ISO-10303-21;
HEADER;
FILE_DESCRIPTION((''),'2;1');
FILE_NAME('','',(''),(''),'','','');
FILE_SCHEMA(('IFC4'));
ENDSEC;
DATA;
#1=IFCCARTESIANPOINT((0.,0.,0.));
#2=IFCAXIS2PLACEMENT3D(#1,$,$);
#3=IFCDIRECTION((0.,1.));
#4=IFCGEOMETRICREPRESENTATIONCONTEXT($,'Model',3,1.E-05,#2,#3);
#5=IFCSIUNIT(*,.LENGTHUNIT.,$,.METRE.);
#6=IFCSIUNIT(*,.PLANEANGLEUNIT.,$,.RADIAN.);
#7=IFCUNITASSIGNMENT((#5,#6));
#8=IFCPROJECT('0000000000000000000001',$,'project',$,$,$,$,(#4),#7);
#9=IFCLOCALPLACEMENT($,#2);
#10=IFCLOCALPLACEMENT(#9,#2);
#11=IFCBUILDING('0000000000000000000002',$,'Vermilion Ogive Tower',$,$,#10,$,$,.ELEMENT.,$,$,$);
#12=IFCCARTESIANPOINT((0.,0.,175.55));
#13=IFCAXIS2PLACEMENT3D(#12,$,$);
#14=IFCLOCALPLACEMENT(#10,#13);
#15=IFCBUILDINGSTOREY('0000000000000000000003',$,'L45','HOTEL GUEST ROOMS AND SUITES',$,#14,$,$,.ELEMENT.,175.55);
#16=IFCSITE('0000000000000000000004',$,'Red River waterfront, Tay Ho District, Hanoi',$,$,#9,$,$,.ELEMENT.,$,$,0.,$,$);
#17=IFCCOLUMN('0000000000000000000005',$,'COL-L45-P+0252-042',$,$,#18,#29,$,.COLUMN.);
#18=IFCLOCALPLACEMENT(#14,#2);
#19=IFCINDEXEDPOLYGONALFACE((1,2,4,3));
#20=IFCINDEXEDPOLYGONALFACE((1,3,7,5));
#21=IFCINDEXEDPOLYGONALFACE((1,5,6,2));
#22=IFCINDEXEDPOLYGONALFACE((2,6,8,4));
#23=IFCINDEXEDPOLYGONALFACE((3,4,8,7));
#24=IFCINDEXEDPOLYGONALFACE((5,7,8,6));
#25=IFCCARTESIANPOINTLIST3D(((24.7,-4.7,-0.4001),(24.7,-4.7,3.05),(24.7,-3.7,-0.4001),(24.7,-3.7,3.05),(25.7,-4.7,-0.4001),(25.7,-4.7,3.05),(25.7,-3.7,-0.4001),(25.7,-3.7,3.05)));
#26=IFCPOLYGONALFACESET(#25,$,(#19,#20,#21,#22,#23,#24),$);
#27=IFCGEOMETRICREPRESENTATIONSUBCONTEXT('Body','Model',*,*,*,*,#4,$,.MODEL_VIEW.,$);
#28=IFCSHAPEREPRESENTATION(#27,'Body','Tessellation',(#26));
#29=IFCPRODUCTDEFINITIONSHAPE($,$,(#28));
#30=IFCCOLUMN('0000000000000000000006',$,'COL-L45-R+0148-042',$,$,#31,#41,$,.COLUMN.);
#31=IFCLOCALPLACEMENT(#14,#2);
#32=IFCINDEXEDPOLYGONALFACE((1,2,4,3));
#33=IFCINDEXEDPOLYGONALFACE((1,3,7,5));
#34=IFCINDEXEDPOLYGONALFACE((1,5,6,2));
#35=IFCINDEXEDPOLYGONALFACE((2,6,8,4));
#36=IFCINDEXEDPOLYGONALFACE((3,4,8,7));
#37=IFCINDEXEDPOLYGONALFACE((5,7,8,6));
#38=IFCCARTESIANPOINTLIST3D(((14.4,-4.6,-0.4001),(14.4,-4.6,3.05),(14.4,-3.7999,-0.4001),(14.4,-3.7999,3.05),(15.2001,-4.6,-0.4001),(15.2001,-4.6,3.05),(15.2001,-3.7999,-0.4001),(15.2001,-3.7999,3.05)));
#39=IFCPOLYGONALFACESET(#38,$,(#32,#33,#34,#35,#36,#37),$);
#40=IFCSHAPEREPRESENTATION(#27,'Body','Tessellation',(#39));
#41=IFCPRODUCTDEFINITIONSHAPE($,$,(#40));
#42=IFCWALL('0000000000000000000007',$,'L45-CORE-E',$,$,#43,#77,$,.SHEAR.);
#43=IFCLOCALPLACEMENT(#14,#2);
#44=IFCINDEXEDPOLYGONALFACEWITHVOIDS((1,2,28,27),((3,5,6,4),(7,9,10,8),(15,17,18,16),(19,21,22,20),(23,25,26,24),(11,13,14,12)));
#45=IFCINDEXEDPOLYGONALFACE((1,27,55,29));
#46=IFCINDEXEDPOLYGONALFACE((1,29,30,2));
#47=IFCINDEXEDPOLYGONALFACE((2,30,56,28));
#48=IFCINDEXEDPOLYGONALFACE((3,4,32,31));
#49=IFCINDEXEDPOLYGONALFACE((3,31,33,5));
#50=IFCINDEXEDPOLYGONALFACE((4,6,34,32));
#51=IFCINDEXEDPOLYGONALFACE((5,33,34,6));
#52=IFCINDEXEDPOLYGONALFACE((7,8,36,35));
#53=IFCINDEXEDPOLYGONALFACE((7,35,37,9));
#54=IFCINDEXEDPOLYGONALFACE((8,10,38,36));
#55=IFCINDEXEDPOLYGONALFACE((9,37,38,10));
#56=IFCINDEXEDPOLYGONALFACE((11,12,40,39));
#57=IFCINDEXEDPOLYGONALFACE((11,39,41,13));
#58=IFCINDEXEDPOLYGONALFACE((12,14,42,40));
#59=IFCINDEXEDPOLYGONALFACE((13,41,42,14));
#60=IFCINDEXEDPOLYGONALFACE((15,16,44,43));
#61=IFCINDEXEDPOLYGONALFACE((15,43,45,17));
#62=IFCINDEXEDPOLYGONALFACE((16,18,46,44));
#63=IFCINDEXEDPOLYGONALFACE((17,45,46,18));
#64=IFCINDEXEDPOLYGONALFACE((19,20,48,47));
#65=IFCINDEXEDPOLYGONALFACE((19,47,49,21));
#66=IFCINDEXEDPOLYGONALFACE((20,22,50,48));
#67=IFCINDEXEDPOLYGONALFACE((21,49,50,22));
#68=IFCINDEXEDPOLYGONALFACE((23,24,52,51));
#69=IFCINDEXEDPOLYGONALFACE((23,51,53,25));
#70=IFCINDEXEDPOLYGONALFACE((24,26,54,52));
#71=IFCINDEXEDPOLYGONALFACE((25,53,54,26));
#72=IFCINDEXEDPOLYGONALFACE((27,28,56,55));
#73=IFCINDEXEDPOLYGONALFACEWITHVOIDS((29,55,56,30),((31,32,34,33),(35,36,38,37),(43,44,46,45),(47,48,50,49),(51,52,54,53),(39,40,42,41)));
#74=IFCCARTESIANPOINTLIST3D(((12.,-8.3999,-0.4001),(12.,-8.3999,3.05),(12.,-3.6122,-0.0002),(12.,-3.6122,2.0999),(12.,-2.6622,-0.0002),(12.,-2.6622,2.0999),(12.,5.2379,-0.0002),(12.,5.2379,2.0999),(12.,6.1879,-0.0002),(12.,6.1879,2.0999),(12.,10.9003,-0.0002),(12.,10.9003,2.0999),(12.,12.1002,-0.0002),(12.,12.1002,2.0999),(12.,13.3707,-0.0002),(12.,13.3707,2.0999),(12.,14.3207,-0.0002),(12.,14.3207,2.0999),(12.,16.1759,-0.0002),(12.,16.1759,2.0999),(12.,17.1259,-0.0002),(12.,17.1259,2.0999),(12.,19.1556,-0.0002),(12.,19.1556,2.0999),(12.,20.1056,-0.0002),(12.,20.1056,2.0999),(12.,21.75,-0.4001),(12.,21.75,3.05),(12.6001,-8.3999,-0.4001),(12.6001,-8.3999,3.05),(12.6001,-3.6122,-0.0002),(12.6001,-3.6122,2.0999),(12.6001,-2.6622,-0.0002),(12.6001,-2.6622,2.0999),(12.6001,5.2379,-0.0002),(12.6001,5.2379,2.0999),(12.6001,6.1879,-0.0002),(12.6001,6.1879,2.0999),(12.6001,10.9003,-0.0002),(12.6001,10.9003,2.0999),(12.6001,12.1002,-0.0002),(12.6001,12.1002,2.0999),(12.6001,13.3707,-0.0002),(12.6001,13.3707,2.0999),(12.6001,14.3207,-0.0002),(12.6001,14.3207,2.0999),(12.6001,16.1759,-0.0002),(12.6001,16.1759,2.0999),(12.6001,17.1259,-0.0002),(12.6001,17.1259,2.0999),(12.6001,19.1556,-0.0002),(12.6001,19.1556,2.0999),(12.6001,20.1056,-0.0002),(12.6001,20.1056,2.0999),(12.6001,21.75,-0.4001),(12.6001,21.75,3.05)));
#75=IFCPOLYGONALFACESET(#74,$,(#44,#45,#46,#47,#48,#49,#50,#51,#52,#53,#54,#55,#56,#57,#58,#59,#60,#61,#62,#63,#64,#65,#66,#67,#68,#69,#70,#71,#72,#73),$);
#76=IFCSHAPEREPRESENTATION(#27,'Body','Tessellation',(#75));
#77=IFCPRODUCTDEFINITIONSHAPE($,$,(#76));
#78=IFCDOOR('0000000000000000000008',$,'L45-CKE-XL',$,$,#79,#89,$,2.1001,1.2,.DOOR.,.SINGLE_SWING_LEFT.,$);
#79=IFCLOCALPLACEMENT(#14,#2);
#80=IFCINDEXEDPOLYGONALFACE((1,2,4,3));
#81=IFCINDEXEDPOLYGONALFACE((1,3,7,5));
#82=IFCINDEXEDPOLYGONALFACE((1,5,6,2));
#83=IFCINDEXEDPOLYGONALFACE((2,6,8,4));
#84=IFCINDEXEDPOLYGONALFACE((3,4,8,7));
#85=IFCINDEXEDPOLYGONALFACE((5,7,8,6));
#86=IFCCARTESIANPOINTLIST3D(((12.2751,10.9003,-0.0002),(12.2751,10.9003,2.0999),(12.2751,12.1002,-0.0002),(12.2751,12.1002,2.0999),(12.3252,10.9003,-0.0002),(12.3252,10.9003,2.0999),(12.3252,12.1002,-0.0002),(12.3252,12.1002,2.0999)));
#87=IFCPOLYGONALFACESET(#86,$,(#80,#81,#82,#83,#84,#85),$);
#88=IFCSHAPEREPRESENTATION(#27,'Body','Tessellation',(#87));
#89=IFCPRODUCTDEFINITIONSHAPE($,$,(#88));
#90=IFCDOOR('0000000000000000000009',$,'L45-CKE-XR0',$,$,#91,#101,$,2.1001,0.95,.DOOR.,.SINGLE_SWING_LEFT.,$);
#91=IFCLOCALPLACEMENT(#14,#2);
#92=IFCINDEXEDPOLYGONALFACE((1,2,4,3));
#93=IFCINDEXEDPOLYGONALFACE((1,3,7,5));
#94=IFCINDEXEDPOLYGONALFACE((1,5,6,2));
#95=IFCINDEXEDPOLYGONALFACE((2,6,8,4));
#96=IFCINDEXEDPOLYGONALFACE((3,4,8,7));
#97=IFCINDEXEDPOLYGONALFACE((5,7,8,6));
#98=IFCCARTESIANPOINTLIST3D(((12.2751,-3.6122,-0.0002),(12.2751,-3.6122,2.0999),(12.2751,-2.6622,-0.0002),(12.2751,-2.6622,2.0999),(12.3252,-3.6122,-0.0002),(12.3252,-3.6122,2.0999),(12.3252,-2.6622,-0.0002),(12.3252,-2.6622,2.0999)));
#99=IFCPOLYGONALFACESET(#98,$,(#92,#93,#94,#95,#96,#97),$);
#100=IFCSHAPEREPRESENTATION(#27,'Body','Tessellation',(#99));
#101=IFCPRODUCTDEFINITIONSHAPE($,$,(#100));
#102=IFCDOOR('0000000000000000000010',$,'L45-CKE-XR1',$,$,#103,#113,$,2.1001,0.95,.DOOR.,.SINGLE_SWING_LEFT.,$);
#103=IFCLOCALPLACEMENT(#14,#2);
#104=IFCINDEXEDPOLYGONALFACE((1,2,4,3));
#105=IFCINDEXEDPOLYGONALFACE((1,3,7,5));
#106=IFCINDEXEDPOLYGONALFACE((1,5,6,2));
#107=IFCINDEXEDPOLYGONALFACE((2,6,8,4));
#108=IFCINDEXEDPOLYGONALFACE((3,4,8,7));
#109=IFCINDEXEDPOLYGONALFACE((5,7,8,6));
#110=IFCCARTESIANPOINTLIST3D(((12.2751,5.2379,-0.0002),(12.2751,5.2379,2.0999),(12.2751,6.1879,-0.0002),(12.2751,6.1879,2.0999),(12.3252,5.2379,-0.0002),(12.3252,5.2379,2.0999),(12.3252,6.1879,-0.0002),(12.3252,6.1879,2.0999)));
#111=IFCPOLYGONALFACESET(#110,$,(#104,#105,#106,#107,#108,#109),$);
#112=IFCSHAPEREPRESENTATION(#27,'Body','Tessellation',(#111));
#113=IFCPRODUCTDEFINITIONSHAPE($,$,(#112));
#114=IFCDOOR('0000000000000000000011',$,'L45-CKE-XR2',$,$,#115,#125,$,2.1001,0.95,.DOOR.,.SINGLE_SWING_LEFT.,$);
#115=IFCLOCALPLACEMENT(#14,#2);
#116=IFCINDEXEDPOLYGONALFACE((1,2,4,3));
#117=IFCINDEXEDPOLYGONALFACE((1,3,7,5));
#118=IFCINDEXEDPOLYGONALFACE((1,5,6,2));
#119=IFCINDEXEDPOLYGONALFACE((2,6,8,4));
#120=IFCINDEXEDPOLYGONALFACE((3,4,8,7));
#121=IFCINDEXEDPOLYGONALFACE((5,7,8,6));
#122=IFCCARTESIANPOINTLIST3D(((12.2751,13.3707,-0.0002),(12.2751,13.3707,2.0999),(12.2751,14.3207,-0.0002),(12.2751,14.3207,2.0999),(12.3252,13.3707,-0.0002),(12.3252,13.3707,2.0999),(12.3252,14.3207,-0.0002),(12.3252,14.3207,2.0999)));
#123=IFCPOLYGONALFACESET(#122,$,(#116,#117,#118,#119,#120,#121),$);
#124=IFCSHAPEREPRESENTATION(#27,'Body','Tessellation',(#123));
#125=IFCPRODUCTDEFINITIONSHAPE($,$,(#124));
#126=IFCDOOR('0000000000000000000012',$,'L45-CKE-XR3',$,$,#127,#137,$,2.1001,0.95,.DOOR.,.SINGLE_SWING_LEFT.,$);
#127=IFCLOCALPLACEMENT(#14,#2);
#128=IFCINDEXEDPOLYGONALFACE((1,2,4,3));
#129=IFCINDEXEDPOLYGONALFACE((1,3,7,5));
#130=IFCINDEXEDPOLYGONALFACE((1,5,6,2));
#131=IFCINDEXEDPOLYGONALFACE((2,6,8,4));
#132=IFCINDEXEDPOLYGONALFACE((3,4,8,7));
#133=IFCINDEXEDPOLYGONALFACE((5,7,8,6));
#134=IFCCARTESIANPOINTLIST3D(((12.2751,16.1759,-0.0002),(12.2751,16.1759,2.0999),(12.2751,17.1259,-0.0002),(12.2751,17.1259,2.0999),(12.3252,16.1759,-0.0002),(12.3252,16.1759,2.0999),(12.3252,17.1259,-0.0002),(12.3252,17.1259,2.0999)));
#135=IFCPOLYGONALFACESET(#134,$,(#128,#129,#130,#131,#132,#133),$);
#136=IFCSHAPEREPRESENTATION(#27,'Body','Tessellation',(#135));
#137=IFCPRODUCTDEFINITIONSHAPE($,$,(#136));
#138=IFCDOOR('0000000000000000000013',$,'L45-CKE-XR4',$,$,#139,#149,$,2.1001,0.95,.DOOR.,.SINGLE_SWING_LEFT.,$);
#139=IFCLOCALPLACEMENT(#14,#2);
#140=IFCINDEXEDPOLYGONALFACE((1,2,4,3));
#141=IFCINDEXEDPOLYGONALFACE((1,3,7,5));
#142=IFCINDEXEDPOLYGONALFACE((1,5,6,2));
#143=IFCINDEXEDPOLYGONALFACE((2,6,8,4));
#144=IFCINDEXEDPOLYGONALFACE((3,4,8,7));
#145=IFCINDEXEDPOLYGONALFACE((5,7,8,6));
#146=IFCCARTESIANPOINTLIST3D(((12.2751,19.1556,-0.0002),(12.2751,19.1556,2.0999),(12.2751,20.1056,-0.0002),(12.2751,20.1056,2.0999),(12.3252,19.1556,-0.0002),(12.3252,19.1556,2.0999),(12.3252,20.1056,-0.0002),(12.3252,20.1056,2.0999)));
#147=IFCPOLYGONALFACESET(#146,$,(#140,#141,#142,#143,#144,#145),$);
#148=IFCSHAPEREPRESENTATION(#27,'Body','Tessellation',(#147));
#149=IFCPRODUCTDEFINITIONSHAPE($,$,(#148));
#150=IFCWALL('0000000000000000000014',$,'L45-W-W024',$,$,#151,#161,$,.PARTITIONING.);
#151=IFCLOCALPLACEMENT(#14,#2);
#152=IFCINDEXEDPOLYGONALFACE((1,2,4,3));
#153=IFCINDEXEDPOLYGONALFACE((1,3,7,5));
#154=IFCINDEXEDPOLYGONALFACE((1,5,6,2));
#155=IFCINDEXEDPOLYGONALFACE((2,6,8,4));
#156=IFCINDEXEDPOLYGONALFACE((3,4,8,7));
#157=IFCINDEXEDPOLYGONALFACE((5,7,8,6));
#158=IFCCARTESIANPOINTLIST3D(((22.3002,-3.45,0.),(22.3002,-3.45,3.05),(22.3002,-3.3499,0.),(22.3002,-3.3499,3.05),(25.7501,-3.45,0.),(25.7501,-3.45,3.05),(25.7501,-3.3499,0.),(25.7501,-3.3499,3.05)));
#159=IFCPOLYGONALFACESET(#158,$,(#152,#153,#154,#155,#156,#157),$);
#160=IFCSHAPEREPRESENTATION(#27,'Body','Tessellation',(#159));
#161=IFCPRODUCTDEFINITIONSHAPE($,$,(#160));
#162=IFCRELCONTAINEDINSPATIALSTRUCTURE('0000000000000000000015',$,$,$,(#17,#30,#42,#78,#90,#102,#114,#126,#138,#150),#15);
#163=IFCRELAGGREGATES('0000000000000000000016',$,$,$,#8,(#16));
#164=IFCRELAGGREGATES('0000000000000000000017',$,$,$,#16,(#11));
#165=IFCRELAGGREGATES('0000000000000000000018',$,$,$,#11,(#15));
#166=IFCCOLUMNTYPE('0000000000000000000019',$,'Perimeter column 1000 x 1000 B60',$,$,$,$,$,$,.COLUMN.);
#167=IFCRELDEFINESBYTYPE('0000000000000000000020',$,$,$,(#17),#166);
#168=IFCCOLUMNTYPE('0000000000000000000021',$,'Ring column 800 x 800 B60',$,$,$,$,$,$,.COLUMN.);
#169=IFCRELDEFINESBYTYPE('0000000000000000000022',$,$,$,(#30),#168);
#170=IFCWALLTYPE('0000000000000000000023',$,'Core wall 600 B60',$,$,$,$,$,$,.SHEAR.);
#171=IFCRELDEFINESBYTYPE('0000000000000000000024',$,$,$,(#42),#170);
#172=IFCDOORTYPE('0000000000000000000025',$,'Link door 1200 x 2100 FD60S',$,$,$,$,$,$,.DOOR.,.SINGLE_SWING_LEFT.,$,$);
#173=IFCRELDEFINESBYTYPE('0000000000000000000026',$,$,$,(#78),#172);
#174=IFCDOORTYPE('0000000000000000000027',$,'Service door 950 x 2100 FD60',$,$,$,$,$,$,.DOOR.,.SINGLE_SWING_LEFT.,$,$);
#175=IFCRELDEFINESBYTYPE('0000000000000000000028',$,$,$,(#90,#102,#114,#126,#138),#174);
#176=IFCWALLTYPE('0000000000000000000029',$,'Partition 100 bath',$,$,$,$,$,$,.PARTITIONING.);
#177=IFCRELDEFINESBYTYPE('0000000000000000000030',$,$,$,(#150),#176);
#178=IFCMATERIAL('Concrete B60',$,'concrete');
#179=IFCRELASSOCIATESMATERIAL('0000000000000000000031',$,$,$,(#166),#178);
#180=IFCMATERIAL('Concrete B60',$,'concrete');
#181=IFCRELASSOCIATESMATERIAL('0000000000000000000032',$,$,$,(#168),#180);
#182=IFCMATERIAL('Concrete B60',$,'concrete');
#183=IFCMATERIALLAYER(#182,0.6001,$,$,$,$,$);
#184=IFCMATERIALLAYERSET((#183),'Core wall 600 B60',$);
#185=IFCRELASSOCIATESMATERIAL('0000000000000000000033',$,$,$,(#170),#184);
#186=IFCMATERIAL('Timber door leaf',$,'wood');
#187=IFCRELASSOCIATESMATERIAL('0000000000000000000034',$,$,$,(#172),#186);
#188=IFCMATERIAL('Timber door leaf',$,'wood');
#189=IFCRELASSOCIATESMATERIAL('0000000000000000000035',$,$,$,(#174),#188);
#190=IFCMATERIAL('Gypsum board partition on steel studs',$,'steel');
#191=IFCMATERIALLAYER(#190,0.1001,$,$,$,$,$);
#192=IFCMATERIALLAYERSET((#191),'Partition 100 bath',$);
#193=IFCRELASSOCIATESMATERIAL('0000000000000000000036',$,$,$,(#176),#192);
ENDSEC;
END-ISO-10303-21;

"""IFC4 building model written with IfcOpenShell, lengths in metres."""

from ifc_helpers import new_model, si_unit, direction, frame, frame_2d, origin, origin_2d, place, context, subcontext, project, spatial, rectangle, extrude, material, layer, layer_set, material_profile, profile_set, type_object, element, fill, save


model = new_model("IFC4")

# Units and contexts
model_context = context("Model", 3, precision=1e-05, world=origin(), true_north=direction((0.0, 1.0)))
body_context = subcontext(model_context, "Body", "Model", "MODEL_VIEW")
ifc_project = project(units=[si_unit("LENGTHUNIT", "METRE"), si_unit("PLANEANGLEUNIT", "RADIAN")], contexts=[model_context])

# Site, building, storey
site_placement = place(None, origin())
site = spatial("IfcSite", under=ifc_project, at=site_placement, Name="Red River waterfront, Tay Ho District, Hanoi", CompositionType="ELEMENT", RefElevation=0.0)
building_placement = place(site_placement, origin())
building = spatial("IfcBuilding", under=site, at=building_placement, Name="Vermilion Ogive Tower", CompositionType="ELEMENT")
storey_placement = place(building_placement, frame((0.0, 0.0, 175.55)))
storey = spatial("IfcBuildingStorey", under=building, at=storey_placement, Name="L45", Description="HOTEL GUEST ROOMS AND SUITES", CompositionType="ELEMENT", Elevation=175.55)

# Columns
ifc_material_1 = material(Name="Concrete B60", Category="concrete")
ifc_material_profile_1 = material_profile(ifc_material_1, rectangle(XDim=1.0, YDim=1.0, at=origin_2d()), Name="1000 x 1000")
ifc_profile_set_1 = profile_set([ifc_material_profile_1], Name="Concrete B60")
column_type_1 = type_object("IfcColumnType", Name="Perimeter column 1000 x 1000 B60", PredefinedType="COLUMN", material=ifc_profile_set_1)
column_1_placement = place(storey_placement, frame((25.2, -4.2, -0.4001), z_axis=(0.0, 0.0, 1.0), x_axis=(1.0, 0.0, 0.0)))
element("IfcColumn", 1, at=column_1_placement, inside=storey, type_object=column_type_1, Name="COL-L45-P+0252-042", PredefinedType="COLUMN", context=body_context, shape_type="SweptSolid", body=[
    extrude(rectangle(XDim=1.0, YDim=1.0, at=origin_2d()), origin(), (0.0, 0.0, 1.0), 3.4502),
])
ifc_material_2 = material(Name="Concrete B60", Category="concrete")
ifc_material_profile_2 = material_profile(ifc_material_2, rectangle(XDim=0.8, YDim=0.8, at=origin_2d()), Name="800 x 800")
ifc_profile_set_2 = profile_set([ifc_material_profile_2], Name="Concrete B60")
column_type_2 = type_object("IfcColumnType", Name="Ring column 800 x 800 B60", PredefinedType="COLUMN", material=ifc_profile_set_2)
column_2_placement = place(storey_placement, frame((14.8, -4.2, -0.4001), z_axis=(0.0, 0.0, 1.0), x_axis=(1.0, 0.0, 0.0)))
element("IfcColumn", 2, at=column_2_placement, inside=storey, type_object=column_type_2, Name="COL-L45-R+0148-042", PredefinedType="COLUMN", context=body_context, shape_type="SweptSolid", body=[
    extrude(rectangle(XDim=0.8, YDim=0.8, at=origin_2d()), origin(), (0.0, 0.0, 1.0), 3.4502),
])

# Wall, openings, doors
ifc_material_3 = material(Name="Concrete B60", Category="concrete")
ifc_layer_1 = layer(ifc_material_3, 0.6001)
ifc_layer_set_1 = layer_set([ifc_layer_1], Name="Core wall 600 B60")
wall_type_1 = type_object("IfcWallType", Name="Core wall 600 B60", PredefinedType="SHEAR", material=ifc_layer_set_1)
wall_1_placement = place(storey_placement, frame((12.3, -8.3999, -0.4001), z_axis=(0.0, 0.0, 1.0), x_axis=(0.0, 1.0, 0.0)))
wall_1 = element("IfcWall", 3, at=wall_1_placement, inside=storey, type_object=wall_type_1, Name="L45-CORE-E", PredefinedType="SHEAR", context=body_context, shape_type="SweptSolid", body=[
    extrude(rectangle(XDim=30.1499, YDim=0.6001, at=frame_2d((15.075, 0.0))), origin(), (0.0, 0.0, 1.0), 3.4502),
])
opening_1_placement = place(wall_1_placement, frame((4.7876, 0.0, 0.3999)))
opening_1 = element("IfcOpeningElement", 4, at=opening_1_placement, cuts=wall_1, PredefinedType="OPENING", context=body_context, shape_type="SweptSolid", body=[
    extrude(rectangle(XDim=0.95, YDim=2.1001, at=frame_2d((0.4751, 1.05))), frame((0.0, 0.3101, 0.0), z_axis=(0.0, -1.0, 0.0), x_axis=(1.0, 0.0, 0.0)), (0.0, 0.0, 1.0), 0.6201),
])
opening_2_placement = place(wall_1_placement, frame((13.6377, 0.0, 0.3999)))
opening_2 = element("IfcOpeningElement", 5, at=opening_2_placement, cuts=wall_1, PredefinedType="OPENING", context=body_context, shape_type="SweptSolid", body=[
    extrude(rectangle(XDim=0.95, YDim=2.1001, at=frame_2d((0.4751, 1.05))), frame((0.0, 0.3101, 0.0), z_axis=(0.0, -1.0, 0.0), x_axis=(1.0, 0.0, 0.0)), (0.0, 0.0, 1.0), 0.6201),
])
opening_3_placement = place(wall_1_placement, frame((21.7705, 0.0, 0.3999)))
opening_3 = element("IfcOpeningElement", 6, at=opening_3_placement, cuts=wall_1, PredefinedType="OPENING", context=body_context, shape_type="SweptSolid", body=[
    extrude(rectangle(XDim=0.95, YDim=2.1001, at=frame_2d((0.4751, 1.05))), frame((0.0, 0.3101, 0.0), z_axis=(0.0, -1.0, 0.0), x_axis=(1.0, 0.0, 0.0)), (0.0, 0.0, 1.0), 0.6201),
])
opening_4_placement = place(wall_1_placement, frame((24.5757, 0.0, 0.3999)))
opening_4 = element("IfcOpeningElement", 7, at=opening_4_placement, cuts=wall_1, PredefinedType="OPENING", context=body_context, shape_type="SweptSolid", body=[
    extrude(rectangle(XDim=0.95, YDim=2.1001, at=frame_2d((0.4751, 1.05))), frame((0.0, 0.3101, 0.0), z_axis=(0.0, -1.0, 0.0), x_axis=(1.0, 0.0, 0.0)), (0.0, 0.0, 1.0), 0.6201),
])
opening_5_placement = place(wall_1_placement, frame((27.5554, 0.0, 0.3999)))
opening_5 = element("IfcOpeningElement", 8, at=opening_5_placement, cuts=wall_1, PredefinedType="OPENING", context=body_context, shape_type="SweptSolid", body=[
    extrude(rectangle(XDim=0.95, YDim=2.1001, at=frame_2d((0.4751, 1.05))), frame((0.0, 0.3101, 0.0), z_axis=(0.0, -1.0, 0.0), x_axis=(1.0, 0.0, 0.0)), (0.0, 0.0, 1.0), 0.6201),
])
opening_6_placement = place(wall_1_placement, frame((19.3, 0.0, 0.3999)))
opening_6 = element("IfcOpeningElement", 9, at=opening_6_placement, cuts=wall_1, PredefinedType="OPENING", context=body_context, shape_type="SweptSolid", body=[
    extrude(rectangle(XDim=1.2, YDim=2.1001, at=frame_2d((0.6001, 1.05))), frame((0.0, 0.3101, 0.0), z_axis=(0.0, -1.0, 0.0), x_axis=(1.0, 0.0, 0.0)), (0.0, 0.0, 1.0), 0.6201),
])
ifc_material_4 = material(Name="Timber door leaf", Category="wood")
door_type_1 = type_object("IfcDoorType", Name="Link door 1200 x 2100 FD60S", OperationType="SINGLE_SWING_LEFT", PredefinedType="DOOR", material=ifc_material_4)
door_1_placement = place(opening_6_placement, origin())
door_1 = element("IfcDoor", 10, at=door_1_placement, inside=storey, type_object=door_type_1, Name="L45-CKE-XL", OperationType="SINGLE_SWING_LEFT", OverallHeight=2.1001, OverallWidth=1.2, PredefinedType="DOOR", context=body_context, shape_type="SweptSolid", body=[
    extrude(rectangle(XDim=1.2, YDim=2.1001, at=frame_2d((0.6001, 1.05))), frame((0.0, 0.0249, 0.0), z_axis=(0.0, -1.0, 0.0), x_axis=(1.0, 0.0, 0.0)), (0.0, 0.0, 1.0), 0.05),
])
fill(opening_6, door_1)
ifc_material_5 = material(Name="Timber door leaf", Category="wood")
door_type_2 = type_object("IfcDoorType", Name="Service door 950 x 2100 FD60", OperationType="SINGLE_SWING_LEFT", PredefinedType="DOOR", material=ifc_material_5)
door_2_placement = place(opening_1_placement, origin())
door_2 = element("IfcDoor", 11, at=door_2_placement, inside=storey, type_object=door_type_2, Name="L45-CKE-XR0", OperationType="SINGLE_SWING_LEFT", OverallHeight=2.1001, OverallWidth=0.95, PredefinedType="DOOR", context=body_context, shape_type="SweptSolid", body=[
    extrude(rectangle(XDim=0.95, YDim=2.1001, at=frame_2d((0.4751, 1.05))), frame((0.0, 0.0249, 0.0), z_axis=(0.0, -1.0, 0.0), x_axis=(1.0, 0.0, 0.0)), (0.0, 0.0, 1.0), 0.05),
])
fill(opening_1, door_2)
door_3_placement = place(opening_2_placement, origin())
door_3 = element("IfcDoor", 12, at=door_3_placement, inside=storey, type_object=door_type_2, Name="L45-CKE-XR1", OperationType="SINGLE_SWING_LEFT", OverallHeight=2.1001, OverallWidth=0.95, PredefinedType="DOOR", context=body_context, shape_type="SweptSolid", body=[
    extrude(rectangle(XDim=0.95, YDim=2.1001, at=frame_2d((0.4751, 1.05))), frame((0.0, 0.0249, 0.0), z_axis=(0.0, -1.0, 0.0), x_axis=(1.0, 0.0, 0.0)), (0.0, 0.0, 1.0), 0.05),
])
fill(opening_2, door_3)
door_4_placement = place(opening_3_placement, origin())
door_4 = element("IfcDoor", 13, at=door_4_placement, inside=storey, type_object=door_type_2, Name="L45-CKE-XR2", OperationType="SINGLE_SWING_LEFT", OverallHeight=2.1001, OverallWidth=0.95, PredefinedType="DOOR", context=body_context, shape_type="SweptSolid", body=[
    extrude(rectangle(XDim=0.95, YDim=2.1001, at=frame_2d((0.4751, 1.05))), frame((0.0, 0.0249, 0.0), z_axis=(0.0, -1.0, 0.0), x_axis=(1.0, 0.0, 0.0)), (0.0, 0.0, 1.0), 0.05),
])
fill(opening_3, door_4)
door_5_placement = place(opening_4_placement, origin())
door_5 = element("IfcDoor", 14, at=door_5_placement, inside=storey, type_object=door_type_2, Name="L45-CKE-XR3", OperationType="SINGLE_SWING_LEFT", OverallHeight=2.1001, OverallWidth=0.95, PredefinedType="DOOR", context=body_context, shape_type="SweptSolid", body=[
    extrude(rectangle(XDim=0.95, YDim=2.1001, at=frame_2d((0.4751, 1.05))), frame((0.0, 0.0249, 0.0), z_axis=(0.0, -1.0, 0.0), x_axis=(1.0, 0.0, 0.0)), (0.0, 0.0, 1.0), 0.05),
])
fill(opening_4, door_5)
door_6_placement = place(opening_5_placement, origin())
door_6 = element("IfcDoor", 15, at=door_6_placement, inside=storey, type_object=door_type_2, Name="L45-CKE-XR4", OperationType="SINGLE_SWING_LEFT", OverallHeight=2.1001, OverallWidth=0.95, PredefinedType="DOOR", context=body_context, shape_type="SweptSolid", body=[
    extrude(rectangle(XDim=0.95, YDim=2.1001, at=frame_2d((0.4751, 1.05))), frame((0.0, 0.0249, 0.0), z_axis=(0.0, -1.0, 0.0), x_axis=(1.0, 0.0, 0.0)), (0.0, 0.0, 1.0), 0.05),
])
fill(opening_5, door_6)

# Wall
ifc_material_6 = material(Name="Gypsum board partition on steel studs", Category="steel")
ifc_layer_2 = layer(ifc_material_6, 0.1001)
ifc_layer_set_2 = layer_set([ifc_layer_2], Name="Partition 100 bath")
wall_type_2 = type_object("IfcWallType", Name="Partition 100 bath", PredefinedType="PARTITIONING", material=ifc_layer_set_2)
wall_2_placement = place(storey_placement, frame((22.3, -3.3999, 0.0), z_axis=(0.0, 0.0, 1.0), x_axis=(1.0, 0.0, 0.0)))
element("IfcWall", 16, at=wall_2_placement, inside=storey, type_object=wall_type_2, Name="L45-W-W024", PredefinedType="PARTITIONING", context=body_context, shape_type="SweptSolid", body=[
    extrude(rectangle(XDim=3.45, YDim=0.1001, at=frame_2d((1.7251, 0.0))), origin(), (0.0, 0.0, 1.0), 3.05),
])

save(model, "model.ifc")
